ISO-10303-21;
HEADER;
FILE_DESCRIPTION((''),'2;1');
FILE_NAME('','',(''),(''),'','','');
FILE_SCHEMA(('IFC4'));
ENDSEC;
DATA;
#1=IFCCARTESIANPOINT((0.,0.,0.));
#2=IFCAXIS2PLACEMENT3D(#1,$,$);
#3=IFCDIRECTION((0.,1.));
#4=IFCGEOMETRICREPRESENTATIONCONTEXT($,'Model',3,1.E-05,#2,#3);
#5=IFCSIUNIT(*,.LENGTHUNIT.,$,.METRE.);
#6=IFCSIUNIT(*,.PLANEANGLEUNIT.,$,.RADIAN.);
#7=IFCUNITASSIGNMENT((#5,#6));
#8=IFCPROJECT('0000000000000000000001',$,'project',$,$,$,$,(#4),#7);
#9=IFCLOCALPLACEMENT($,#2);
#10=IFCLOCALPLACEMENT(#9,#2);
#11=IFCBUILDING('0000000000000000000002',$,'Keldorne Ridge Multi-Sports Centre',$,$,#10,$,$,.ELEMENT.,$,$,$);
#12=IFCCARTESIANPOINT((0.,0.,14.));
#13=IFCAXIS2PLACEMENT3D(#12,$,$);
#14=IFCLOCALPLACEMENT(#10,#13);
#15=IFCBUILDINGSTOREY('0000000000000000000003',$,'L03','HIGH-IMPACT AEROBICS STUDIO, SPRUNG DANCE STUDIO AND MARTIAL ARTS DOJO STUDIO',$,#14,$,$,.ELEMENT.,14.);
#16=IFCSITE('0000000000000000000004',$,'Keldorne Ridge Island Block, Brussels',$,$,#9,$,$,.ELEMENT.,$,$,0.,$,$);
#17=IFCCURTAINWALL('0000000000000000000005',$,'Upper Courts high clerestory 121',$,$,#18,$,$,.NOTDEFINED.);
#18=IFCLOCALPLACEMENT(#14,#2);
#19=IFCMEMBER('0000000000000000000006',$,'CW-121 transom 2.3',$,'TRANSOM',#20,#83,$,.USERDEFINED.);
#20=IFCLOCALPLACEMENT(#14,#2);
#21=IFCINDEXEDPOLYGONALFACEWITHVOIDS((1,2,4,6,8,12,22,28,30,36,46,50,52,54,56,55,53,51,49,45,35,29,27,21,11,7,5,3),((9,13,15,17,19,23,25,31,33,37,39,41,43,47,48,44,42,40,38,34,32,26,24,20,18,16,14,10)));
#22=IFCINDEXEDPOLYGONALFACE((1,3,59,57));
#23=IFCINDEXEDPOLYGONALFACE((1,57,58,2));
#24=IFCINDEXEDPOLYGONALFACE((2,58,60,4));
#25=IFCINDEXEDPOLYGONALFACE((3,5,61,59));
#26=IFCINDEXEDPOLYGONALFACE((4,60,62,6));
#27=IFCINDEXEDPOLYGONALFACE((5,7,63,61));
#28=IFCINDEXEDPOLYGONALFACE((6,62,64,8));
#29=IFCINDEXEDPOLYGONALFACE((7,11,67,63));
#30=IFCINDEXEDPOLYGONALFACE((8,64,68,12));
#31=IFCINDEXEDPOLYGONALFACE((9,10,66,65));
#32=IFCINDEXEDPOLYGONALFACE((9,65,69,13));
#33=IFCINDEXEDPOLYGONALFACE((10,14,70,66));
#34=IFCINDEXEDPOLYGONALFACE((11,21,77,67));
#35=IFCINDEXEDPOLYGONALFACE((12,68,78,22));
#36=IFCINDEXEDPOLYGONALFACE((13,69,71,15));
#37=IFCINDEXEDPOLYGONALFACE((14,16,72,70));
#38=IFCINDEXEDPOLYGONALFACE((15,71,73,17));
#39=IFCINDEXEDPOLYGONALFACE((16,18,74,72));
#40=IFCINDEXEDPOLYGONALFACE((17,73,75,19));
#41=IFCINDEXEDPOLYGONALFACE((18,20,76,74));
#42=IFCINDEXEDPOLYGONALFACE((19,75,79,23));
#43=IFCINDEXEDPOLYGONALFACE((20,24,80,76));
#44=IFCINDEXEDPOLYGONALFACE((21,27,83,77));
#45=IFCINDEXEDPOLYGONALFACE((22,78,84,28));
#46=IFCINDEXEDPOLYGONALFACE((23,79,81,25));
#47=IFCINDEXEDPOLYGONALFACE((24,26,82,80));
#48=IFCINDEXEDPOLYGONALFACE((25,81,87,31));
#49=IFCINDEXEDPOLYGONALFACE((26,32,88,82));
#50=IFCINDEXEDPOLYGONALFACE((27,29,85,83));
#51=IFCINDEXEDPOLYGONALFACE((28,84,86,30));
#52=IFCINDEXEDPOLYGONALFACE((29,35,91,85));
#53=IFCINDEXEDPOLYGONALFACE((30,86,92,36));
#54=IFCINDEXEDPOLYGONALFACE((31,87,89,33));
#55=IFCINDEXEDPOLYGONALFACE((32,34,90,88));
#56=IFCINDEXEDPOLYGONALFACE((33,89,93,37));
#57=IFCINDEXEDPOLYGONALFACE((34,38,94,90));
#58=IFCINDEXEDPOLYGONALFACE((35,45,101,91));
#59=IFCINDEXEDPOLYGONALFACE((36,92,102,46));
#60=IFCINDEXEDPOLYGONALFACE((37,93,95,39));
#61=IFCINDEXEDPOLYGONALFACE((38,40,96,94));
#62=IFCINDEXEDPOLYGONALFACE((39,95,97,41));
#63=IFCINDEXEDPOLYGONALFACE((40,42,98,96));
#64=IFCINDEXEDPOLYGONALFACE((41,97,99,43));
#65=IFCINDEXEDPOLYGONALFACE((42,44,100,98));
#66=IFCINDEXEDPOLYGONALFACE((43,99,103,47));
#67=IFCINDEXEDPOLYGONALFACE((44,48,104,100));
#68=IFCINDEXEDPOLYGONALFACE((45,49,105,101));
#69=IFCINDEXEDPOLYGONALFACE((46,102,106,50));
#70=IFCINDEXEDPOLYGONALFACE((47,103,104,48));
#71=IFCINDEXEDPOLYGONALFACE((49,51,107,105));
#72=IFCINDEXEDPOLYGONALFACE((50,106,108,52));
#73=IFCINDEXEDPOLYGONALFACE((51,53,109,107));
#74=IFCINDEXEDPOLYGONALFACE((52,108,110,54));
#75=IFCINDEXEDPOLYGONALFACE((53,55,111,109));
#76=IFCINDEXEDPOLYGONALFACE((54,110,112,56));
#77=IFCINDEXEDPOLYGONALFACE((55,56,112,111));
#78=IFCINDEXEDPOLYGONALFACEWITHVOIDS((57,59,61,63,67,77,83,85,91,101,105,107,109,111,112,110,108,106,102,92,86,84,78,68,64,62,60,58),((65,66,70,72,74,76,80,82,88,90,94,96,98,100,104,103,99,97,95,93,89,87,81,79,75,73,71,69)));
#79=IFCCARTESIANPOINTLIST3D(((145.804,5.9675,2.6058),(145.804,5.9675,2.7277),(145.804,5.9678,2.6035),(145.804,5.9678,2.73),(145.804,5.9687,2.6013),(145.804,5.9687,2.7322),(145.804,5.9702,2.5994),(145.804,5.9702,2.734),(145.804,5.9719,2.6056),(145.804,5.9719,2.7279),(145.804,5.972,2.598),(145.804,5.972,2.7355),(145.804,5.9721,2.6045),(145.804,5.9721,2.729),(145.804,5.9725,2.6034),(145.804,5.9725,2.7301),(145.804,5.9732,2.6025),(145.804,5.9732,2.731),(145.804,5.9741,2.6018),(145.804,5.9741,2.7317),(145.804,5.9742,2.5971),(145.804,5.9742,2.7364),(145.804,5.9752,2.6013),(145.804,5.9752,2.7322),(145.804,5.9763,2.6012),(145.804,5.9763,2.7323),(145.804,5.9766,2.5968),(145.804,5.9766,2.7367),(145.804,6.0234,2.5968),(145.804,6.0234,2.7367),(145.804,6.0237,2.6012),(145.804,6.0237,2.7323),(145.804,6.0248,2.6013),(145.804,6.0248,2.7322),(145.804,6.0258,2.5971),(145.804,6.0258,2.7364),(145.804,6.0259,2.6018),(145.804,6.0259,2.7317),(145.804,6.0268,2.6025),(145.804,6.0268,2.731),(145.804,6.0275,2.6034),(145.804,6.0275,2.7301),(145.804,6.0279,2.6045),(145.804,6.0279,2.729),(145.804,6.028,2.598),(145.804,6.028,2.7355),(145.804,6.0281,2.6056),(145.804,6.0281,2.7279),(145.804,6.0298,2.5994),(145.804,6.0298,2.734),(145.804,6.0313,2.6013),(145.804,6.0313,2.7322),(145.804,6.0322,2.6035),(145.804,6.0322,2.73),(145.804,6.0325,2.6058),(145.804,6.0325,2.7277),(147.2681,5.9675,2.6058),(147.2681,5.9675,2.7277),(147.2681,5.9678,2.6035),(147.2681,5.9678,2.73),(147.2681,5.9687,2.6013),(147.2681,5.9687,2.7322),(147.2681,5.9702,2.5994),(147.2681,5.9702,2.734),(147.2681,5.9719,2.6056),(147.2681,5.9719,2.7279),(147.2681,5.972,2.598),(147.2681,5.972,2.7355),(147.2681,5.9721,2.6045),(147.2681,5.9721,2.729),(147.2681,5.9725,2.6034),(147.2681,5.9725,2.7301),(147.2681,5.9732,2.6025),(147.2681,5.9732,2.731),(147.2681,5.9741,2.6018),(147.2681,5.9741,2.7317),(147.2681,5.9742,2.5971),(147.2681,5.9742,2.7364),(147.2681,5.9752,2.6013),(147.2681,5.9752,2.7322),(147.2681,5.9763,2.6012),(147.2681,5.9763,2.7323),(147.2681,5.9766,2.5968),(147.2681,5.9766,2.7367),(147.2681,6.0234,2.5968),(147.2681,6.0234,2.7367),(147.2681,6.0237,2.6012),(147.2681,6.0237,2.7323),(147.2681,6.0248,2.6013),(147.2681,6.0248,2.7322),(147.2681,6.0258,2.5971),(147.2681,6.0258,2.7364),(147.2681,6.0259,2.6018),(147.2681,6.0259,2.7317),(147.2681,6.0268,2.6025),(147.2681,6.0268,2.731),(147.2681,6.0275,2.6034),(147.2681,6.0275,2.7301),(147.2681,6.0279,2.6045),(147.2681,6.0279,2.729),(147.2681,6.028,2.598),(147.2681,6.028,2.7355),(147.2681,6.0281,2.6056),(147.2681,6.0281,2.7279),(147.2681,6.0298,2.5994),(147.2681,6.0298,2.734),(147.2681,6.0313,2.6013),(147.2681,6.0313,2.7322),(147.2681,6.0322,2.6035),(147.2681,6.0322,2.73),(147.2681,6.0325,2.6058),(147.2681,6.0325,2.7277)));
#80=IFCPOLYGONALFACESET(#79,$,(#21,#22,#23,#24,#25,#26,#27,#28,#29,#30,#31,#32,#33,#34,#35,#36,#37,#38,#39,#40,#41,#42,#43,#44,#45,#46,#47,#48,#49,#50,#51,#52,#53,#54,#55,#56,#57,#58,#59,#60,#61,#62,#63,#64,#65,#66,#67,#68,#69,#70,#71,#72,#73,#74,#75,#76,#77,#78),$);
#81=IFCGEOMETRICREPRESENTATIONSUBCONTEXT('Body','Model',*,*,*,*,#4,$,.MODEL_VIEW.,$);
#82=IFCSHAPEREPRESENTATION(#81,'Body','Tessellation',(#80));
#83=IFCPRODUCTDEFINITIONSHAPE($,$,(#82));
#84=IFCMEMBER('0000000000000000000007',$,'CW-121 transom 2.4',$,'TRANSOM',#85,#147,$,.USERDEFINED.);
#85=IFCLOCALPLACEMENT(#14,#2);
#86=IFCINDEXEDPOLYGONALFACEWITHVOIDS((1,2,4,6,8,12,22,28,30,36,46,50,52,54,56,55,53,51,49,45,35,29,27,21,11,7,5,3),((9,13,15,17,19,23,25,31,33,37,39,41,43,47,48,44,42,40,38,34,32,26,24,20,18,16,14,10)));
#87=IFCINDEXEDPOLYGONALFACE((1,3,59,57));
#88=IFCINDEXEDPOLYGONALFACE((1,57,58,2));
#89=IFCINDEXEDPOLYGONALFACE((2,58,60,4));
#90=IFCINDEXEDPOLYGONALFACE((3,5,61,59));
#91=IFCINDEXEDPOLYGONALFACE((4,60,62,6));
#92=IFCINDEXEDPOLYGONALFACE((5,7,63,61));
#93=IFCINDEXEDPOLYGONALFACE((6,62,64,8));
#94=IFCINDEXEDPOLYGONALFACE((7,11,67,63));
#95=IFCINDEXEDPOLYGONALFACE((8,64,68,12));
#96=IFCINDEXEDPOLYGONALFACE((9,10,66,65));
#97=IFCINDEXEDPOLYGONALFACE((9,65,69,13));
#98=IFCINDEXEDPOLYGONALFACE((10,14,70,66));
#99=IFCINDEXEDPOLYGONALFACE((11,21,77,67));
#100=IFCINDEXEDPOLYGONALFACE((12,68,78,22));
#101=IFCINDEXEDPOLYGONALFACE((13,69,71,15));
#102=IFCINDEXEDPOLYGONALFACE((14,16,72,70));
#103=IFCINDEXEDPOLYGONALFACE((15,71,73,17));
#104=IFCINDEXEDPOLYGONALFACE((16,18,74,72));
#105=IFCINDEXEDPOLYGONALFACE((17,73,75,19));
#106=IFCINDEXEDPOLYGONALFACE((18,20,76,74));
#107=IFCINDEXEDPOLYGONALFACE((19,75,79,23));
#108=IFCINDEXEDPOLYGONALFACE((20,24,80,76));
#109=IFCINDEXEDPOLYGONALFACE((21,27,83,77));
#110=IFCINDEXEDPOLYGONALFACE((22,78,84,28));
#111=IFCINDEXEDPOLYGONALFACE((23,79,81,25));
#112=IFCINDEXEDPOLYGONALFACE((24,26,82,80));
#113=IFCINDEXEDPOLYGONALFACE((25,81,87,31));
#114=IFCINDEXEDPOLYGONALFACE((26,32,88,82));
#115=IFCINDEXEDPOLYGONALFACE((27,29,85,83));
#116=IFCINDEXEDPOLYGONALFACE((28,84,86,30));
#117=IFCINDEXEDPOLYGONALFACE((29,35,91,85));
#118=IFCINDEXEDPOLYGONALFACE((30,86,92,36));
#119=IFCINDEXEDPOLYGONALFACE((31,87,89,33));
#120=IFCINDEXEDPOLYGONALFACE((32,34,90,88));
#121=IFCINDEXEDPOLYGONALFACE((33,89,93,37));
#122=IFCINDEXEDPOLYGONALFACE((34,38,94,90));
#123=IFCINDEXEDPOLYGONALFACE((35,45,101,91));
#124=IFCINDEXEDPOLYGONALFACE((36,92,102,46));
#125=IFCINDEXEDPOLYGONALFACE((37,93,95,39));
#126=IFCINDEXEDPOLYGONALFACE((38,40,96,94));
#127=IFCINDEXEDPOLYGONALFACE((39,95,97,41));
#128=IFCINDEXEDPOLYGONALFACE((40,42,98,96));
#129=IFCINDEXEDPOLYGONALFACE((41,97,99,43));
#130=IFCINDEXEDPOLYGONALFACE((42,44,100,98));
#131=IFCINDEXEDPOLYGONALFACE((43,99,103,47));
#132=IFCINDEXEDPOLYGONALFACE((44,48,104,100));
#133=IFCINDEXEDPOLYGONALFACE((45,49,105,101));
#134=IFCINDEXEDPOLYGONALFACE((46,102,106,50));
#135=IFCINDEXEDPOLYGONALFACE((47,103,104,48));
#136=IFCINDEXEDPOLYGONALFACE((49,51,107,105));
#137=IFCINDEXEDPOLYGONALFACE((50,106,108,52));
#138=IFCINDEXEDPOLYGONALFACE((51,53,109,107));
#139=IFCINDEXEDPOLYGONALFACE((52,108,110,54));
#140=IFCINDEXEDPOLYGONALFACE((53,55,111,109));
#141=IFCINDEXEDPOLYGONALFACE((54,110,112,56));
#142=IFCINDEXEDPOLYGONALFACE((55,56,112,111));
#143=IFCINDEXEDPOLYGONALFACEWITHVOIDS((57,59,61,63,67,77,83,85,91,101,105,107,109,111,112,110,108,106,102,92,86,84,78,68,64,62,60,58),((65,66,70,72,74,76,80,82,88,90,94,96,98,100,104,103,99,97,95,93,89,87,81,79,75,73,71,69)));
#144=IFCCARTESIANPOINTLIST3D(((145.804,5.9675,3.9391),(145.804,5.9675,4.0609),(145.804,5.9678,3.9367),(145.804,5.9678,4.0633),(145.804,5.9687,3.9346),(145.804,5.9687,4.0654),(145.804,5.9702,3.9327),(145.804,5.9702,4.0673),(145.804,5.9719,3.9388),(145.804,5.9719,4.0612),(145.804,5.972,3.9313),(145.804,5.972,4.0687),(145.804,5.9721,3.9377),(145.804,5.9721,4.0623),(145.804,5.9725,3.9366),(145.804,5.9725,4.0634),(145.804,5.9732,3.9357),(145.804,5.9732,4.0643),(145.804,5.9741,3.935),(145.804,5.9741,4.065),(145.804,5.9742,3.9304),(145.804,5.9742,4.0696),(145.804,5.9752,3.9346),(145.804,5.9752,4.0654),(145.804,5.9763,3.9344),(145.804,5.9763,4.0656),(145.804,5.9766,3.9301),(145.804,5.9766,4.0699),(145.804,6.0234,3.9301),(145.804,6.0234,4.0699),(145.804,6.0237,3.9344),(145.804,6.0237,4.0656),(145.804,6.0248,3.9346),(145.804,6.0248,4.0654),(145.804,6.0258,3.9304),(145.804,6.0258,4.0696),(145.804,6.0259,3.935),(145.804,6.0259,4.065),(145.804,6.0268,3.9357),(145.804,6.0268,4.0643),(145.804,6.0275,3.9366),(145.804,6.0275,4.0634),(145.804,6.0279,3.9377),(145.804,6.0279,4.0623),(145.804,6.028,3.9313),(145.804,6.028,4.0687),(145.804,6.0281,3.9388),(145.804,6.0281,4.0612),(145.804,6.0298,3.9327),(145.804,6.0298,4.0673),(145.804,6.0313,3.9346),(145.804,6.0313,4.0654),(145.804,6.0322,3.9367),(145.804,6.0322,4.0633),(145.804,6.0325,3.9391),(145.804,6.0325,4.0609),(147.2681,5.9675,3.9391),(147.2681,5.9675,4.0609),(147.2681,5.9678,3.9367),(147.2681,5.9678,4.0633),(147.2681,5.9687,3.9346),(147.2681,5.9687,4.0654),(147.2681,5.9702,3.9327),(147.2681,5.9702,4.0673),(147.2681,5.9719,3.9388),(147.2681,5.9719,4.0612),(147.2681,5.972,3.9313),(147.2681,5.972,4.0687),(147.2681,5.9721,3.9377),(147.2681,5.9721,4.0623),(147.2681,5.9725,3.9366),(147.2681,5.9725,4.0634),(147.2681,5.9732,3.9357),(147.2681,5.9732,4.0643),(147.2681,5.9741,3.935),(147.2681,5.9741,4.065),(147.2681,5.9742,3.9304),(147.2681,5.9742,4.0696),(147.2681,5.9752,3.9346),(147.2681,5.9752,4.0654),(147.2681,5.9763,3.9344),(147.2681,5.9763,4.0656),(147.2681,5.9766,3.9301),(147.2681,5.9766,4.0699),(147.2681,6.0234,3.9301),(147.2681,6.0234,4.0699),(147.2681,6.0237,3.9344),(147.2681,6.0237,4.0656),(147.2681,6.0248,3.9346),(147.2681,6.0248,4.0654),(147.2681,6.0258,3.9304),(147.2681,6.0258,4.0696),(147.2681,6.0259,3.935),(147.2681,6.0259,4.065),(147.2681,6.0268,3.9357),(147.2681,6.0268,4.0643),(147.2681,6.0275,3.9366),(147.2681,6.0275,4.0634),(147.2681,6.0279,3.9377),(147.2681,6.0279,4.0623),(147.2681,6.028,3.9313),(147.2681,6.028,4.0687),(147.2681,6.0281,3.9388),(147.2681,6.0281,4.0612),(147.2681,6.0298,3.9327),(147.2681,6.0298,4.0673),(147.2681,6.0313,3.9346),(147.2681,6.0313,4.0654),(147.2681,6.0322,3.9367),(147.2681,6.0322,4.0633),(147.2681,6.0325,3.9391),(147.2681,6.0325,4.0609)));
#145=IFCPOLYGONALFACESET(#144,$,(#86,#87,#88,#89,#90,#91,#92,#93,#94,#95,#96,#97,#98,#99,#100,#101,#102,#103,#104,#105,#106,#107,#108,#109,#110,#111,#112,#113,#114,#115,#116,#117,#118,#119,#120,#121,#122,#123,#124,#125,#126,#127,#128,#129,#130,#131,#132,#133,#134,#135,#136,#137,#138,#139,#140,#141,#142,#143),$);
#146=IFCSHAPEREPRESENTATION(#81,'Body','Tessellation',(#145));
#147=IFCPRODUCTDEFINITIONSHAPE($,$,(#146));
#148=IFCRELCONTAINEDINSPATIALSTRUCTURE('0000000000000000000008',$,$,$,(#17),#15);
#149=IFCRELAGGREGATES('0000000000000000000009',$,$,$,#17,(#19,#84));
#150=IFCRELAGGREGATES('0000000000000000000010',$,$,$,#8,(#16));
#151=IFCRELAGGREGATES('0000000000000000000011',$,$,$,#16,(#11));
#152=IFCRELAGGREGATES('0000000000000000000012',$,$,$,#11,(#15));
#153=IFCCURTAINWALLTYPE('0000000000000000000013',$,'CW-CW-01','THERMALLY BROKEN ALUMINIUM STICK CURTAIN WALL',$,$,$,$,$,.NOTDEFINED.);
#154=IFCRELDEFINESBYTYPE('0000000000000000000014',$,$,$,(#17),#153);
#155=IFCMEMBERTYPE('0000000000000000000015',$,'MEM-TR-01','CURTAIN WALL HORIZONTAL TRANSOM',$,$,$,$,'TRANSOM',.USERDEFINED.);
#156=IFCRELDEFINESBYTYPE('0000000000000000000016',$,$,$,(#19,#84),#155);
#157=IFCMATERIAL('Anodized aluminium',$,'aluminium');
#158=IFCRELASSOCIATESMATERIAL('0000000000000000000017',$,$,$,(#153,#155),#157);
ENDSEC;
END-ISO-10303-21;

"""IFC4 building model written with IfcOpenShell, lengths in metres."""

from ifc_helpers import new_model, si_unit, direction, frame, origin, origin_2d, place, context, subcontext, project, spatial, hollow_rectangle, extrude, material, material_profile, profile_set, type_object, element, aggregate, save


model = new_model("IFC4")

# Units and contexts
model_context = context("Model", 3, precision=1e-05, world=origin(), true_north=direction((0.0, 1.0)))
body_context = subcontext(model_context, "Body", "Model", "MODEL_VIEW")
ifc_project = project(units=[si_unit("LENGTHUNIT", "METRE"), si_unit("PLANEANGLEUNIT", "RADIAN")], contexts=[model_context])

# Site, building, storey
site_placement = place(None, origin())
site = spatial("IfcSite", under=ifc_project, at=site_placement, Name="Keldorne Ridge Island Block, Brussels", CompositionType="ELEMENT", RefElevation=0.0)
building_placement = place(site_placement, origin())
building = spatial("IfcBuilding", under=site, at=building_placement, Name="Keldorne Ridge Multi-Sports Centre", CompositionType="ELEMENT")
storey_placement = place(building_placement, frame((0.0, 0.0, 14.0)))
storey = spatial("IfcBuildingStorey", under=building, at=storey_placement, Name="L03", Description="HIGH-IMPACT AEROBICS STUDIO, SPRUNG DANCE STUDIO AND MARTIAL ARTS DOJO STUDIO", CompositionType="ELEMENT", Elevation=14.0)

# Curtain wall
ifc_material_1 = material(Name="Anodized aluminium", Category="aluminium")
curtain_wall_type = type_object("IfcCurtainWallType", Name="CW-CW-01", Description="THERMALLY BROKEN ALUMINIUM STICK CURTAIN WALL", PredefinedType="NOTDEFINED", material=ifc_material_1)
curtain_wall_placement = place(storey_placement, origin())
curtain_wall = element("IfcCurtainWall", 1, at=curtain_wall_placement, inside=storey, type_object=curtain_wall_type, Name="Upper Courts high clerestory 121", PredefinedType="NOTDEFINED")

# Members
ifc_material_profile_1 = material_profile(ifc_material_1, hollow_rectangle(XDim=0.0649, YDim=0.1399, WallThickness=0.0044, InnerFilletRadius=0.0044, OuterFilletRadius=0.009, at=origin_2d()), Name="ALU TRANSOM 140x65x4.5")
ifc_profile_set_1 = profile_set([ifc_material_profile_1], Name="Anodized aluminium")
member_type_1 = type_object("IfcMemberType", Name="MEM-TR-01", Description="CURTAIN WALL HORIZONTAL TRANSOM", ElementType="TRANSOM", PredefinedType="USERDEFINED", material=ifc_profile_set_1)
member_1_placement = place(storey_placement, frame((145.804, 6.0, 2.6667), z_axis=(1.0, 0.0, 0.0), x_axis=(0.0, 1.0, 0.0)))
member_1 = element("IfcMember", 2, at=member_1_placement, type_object=member_type_1, Name="CW-121 transom 2.3", ObjectType="TRANSOM", PredefinedType="USERDEFINED", context=body_context, shape_type="SweptSolid", body=[
    extrude(hollow_rectangle(XDim=0.0649, YDim=0.1399, WallThickness=0.0044, InnerFilletRadius=0.0044, OuterFilletRadius=0.009, at=origin_2d()), origin(), (0.0, 0.0, 1.0), 1.4641),
])
member_2_placement = place(storey_placement, frame((145.804, 6.0, 4.0), z_axis=(1.0, 0.0, 0.0), x_axis=(0.0, 1.0, 0.0)))
member_2 = element("IfcMember", 3, at=member_2_placement, type_object=member_type_1, Name="CW-121 transom 2.4", ObjectType="TRANSOM", PredefinedType="USERDEFINED", context=body_context, shape_type="SweptSolid", body=[
    extrude(hollow_rectangle(XDim=0.0649, YDim=0.1399, WallThickness=0.0044, InnerFilletRadius=0.0044, OuterFilletRadius=0.009, at=origin_2d()), origin(), (0.0, 0.0, 1.0), 1.4641),
])

aggregate(curtain_wall, [member_1, member_2])

save(model, "model.ifc")
